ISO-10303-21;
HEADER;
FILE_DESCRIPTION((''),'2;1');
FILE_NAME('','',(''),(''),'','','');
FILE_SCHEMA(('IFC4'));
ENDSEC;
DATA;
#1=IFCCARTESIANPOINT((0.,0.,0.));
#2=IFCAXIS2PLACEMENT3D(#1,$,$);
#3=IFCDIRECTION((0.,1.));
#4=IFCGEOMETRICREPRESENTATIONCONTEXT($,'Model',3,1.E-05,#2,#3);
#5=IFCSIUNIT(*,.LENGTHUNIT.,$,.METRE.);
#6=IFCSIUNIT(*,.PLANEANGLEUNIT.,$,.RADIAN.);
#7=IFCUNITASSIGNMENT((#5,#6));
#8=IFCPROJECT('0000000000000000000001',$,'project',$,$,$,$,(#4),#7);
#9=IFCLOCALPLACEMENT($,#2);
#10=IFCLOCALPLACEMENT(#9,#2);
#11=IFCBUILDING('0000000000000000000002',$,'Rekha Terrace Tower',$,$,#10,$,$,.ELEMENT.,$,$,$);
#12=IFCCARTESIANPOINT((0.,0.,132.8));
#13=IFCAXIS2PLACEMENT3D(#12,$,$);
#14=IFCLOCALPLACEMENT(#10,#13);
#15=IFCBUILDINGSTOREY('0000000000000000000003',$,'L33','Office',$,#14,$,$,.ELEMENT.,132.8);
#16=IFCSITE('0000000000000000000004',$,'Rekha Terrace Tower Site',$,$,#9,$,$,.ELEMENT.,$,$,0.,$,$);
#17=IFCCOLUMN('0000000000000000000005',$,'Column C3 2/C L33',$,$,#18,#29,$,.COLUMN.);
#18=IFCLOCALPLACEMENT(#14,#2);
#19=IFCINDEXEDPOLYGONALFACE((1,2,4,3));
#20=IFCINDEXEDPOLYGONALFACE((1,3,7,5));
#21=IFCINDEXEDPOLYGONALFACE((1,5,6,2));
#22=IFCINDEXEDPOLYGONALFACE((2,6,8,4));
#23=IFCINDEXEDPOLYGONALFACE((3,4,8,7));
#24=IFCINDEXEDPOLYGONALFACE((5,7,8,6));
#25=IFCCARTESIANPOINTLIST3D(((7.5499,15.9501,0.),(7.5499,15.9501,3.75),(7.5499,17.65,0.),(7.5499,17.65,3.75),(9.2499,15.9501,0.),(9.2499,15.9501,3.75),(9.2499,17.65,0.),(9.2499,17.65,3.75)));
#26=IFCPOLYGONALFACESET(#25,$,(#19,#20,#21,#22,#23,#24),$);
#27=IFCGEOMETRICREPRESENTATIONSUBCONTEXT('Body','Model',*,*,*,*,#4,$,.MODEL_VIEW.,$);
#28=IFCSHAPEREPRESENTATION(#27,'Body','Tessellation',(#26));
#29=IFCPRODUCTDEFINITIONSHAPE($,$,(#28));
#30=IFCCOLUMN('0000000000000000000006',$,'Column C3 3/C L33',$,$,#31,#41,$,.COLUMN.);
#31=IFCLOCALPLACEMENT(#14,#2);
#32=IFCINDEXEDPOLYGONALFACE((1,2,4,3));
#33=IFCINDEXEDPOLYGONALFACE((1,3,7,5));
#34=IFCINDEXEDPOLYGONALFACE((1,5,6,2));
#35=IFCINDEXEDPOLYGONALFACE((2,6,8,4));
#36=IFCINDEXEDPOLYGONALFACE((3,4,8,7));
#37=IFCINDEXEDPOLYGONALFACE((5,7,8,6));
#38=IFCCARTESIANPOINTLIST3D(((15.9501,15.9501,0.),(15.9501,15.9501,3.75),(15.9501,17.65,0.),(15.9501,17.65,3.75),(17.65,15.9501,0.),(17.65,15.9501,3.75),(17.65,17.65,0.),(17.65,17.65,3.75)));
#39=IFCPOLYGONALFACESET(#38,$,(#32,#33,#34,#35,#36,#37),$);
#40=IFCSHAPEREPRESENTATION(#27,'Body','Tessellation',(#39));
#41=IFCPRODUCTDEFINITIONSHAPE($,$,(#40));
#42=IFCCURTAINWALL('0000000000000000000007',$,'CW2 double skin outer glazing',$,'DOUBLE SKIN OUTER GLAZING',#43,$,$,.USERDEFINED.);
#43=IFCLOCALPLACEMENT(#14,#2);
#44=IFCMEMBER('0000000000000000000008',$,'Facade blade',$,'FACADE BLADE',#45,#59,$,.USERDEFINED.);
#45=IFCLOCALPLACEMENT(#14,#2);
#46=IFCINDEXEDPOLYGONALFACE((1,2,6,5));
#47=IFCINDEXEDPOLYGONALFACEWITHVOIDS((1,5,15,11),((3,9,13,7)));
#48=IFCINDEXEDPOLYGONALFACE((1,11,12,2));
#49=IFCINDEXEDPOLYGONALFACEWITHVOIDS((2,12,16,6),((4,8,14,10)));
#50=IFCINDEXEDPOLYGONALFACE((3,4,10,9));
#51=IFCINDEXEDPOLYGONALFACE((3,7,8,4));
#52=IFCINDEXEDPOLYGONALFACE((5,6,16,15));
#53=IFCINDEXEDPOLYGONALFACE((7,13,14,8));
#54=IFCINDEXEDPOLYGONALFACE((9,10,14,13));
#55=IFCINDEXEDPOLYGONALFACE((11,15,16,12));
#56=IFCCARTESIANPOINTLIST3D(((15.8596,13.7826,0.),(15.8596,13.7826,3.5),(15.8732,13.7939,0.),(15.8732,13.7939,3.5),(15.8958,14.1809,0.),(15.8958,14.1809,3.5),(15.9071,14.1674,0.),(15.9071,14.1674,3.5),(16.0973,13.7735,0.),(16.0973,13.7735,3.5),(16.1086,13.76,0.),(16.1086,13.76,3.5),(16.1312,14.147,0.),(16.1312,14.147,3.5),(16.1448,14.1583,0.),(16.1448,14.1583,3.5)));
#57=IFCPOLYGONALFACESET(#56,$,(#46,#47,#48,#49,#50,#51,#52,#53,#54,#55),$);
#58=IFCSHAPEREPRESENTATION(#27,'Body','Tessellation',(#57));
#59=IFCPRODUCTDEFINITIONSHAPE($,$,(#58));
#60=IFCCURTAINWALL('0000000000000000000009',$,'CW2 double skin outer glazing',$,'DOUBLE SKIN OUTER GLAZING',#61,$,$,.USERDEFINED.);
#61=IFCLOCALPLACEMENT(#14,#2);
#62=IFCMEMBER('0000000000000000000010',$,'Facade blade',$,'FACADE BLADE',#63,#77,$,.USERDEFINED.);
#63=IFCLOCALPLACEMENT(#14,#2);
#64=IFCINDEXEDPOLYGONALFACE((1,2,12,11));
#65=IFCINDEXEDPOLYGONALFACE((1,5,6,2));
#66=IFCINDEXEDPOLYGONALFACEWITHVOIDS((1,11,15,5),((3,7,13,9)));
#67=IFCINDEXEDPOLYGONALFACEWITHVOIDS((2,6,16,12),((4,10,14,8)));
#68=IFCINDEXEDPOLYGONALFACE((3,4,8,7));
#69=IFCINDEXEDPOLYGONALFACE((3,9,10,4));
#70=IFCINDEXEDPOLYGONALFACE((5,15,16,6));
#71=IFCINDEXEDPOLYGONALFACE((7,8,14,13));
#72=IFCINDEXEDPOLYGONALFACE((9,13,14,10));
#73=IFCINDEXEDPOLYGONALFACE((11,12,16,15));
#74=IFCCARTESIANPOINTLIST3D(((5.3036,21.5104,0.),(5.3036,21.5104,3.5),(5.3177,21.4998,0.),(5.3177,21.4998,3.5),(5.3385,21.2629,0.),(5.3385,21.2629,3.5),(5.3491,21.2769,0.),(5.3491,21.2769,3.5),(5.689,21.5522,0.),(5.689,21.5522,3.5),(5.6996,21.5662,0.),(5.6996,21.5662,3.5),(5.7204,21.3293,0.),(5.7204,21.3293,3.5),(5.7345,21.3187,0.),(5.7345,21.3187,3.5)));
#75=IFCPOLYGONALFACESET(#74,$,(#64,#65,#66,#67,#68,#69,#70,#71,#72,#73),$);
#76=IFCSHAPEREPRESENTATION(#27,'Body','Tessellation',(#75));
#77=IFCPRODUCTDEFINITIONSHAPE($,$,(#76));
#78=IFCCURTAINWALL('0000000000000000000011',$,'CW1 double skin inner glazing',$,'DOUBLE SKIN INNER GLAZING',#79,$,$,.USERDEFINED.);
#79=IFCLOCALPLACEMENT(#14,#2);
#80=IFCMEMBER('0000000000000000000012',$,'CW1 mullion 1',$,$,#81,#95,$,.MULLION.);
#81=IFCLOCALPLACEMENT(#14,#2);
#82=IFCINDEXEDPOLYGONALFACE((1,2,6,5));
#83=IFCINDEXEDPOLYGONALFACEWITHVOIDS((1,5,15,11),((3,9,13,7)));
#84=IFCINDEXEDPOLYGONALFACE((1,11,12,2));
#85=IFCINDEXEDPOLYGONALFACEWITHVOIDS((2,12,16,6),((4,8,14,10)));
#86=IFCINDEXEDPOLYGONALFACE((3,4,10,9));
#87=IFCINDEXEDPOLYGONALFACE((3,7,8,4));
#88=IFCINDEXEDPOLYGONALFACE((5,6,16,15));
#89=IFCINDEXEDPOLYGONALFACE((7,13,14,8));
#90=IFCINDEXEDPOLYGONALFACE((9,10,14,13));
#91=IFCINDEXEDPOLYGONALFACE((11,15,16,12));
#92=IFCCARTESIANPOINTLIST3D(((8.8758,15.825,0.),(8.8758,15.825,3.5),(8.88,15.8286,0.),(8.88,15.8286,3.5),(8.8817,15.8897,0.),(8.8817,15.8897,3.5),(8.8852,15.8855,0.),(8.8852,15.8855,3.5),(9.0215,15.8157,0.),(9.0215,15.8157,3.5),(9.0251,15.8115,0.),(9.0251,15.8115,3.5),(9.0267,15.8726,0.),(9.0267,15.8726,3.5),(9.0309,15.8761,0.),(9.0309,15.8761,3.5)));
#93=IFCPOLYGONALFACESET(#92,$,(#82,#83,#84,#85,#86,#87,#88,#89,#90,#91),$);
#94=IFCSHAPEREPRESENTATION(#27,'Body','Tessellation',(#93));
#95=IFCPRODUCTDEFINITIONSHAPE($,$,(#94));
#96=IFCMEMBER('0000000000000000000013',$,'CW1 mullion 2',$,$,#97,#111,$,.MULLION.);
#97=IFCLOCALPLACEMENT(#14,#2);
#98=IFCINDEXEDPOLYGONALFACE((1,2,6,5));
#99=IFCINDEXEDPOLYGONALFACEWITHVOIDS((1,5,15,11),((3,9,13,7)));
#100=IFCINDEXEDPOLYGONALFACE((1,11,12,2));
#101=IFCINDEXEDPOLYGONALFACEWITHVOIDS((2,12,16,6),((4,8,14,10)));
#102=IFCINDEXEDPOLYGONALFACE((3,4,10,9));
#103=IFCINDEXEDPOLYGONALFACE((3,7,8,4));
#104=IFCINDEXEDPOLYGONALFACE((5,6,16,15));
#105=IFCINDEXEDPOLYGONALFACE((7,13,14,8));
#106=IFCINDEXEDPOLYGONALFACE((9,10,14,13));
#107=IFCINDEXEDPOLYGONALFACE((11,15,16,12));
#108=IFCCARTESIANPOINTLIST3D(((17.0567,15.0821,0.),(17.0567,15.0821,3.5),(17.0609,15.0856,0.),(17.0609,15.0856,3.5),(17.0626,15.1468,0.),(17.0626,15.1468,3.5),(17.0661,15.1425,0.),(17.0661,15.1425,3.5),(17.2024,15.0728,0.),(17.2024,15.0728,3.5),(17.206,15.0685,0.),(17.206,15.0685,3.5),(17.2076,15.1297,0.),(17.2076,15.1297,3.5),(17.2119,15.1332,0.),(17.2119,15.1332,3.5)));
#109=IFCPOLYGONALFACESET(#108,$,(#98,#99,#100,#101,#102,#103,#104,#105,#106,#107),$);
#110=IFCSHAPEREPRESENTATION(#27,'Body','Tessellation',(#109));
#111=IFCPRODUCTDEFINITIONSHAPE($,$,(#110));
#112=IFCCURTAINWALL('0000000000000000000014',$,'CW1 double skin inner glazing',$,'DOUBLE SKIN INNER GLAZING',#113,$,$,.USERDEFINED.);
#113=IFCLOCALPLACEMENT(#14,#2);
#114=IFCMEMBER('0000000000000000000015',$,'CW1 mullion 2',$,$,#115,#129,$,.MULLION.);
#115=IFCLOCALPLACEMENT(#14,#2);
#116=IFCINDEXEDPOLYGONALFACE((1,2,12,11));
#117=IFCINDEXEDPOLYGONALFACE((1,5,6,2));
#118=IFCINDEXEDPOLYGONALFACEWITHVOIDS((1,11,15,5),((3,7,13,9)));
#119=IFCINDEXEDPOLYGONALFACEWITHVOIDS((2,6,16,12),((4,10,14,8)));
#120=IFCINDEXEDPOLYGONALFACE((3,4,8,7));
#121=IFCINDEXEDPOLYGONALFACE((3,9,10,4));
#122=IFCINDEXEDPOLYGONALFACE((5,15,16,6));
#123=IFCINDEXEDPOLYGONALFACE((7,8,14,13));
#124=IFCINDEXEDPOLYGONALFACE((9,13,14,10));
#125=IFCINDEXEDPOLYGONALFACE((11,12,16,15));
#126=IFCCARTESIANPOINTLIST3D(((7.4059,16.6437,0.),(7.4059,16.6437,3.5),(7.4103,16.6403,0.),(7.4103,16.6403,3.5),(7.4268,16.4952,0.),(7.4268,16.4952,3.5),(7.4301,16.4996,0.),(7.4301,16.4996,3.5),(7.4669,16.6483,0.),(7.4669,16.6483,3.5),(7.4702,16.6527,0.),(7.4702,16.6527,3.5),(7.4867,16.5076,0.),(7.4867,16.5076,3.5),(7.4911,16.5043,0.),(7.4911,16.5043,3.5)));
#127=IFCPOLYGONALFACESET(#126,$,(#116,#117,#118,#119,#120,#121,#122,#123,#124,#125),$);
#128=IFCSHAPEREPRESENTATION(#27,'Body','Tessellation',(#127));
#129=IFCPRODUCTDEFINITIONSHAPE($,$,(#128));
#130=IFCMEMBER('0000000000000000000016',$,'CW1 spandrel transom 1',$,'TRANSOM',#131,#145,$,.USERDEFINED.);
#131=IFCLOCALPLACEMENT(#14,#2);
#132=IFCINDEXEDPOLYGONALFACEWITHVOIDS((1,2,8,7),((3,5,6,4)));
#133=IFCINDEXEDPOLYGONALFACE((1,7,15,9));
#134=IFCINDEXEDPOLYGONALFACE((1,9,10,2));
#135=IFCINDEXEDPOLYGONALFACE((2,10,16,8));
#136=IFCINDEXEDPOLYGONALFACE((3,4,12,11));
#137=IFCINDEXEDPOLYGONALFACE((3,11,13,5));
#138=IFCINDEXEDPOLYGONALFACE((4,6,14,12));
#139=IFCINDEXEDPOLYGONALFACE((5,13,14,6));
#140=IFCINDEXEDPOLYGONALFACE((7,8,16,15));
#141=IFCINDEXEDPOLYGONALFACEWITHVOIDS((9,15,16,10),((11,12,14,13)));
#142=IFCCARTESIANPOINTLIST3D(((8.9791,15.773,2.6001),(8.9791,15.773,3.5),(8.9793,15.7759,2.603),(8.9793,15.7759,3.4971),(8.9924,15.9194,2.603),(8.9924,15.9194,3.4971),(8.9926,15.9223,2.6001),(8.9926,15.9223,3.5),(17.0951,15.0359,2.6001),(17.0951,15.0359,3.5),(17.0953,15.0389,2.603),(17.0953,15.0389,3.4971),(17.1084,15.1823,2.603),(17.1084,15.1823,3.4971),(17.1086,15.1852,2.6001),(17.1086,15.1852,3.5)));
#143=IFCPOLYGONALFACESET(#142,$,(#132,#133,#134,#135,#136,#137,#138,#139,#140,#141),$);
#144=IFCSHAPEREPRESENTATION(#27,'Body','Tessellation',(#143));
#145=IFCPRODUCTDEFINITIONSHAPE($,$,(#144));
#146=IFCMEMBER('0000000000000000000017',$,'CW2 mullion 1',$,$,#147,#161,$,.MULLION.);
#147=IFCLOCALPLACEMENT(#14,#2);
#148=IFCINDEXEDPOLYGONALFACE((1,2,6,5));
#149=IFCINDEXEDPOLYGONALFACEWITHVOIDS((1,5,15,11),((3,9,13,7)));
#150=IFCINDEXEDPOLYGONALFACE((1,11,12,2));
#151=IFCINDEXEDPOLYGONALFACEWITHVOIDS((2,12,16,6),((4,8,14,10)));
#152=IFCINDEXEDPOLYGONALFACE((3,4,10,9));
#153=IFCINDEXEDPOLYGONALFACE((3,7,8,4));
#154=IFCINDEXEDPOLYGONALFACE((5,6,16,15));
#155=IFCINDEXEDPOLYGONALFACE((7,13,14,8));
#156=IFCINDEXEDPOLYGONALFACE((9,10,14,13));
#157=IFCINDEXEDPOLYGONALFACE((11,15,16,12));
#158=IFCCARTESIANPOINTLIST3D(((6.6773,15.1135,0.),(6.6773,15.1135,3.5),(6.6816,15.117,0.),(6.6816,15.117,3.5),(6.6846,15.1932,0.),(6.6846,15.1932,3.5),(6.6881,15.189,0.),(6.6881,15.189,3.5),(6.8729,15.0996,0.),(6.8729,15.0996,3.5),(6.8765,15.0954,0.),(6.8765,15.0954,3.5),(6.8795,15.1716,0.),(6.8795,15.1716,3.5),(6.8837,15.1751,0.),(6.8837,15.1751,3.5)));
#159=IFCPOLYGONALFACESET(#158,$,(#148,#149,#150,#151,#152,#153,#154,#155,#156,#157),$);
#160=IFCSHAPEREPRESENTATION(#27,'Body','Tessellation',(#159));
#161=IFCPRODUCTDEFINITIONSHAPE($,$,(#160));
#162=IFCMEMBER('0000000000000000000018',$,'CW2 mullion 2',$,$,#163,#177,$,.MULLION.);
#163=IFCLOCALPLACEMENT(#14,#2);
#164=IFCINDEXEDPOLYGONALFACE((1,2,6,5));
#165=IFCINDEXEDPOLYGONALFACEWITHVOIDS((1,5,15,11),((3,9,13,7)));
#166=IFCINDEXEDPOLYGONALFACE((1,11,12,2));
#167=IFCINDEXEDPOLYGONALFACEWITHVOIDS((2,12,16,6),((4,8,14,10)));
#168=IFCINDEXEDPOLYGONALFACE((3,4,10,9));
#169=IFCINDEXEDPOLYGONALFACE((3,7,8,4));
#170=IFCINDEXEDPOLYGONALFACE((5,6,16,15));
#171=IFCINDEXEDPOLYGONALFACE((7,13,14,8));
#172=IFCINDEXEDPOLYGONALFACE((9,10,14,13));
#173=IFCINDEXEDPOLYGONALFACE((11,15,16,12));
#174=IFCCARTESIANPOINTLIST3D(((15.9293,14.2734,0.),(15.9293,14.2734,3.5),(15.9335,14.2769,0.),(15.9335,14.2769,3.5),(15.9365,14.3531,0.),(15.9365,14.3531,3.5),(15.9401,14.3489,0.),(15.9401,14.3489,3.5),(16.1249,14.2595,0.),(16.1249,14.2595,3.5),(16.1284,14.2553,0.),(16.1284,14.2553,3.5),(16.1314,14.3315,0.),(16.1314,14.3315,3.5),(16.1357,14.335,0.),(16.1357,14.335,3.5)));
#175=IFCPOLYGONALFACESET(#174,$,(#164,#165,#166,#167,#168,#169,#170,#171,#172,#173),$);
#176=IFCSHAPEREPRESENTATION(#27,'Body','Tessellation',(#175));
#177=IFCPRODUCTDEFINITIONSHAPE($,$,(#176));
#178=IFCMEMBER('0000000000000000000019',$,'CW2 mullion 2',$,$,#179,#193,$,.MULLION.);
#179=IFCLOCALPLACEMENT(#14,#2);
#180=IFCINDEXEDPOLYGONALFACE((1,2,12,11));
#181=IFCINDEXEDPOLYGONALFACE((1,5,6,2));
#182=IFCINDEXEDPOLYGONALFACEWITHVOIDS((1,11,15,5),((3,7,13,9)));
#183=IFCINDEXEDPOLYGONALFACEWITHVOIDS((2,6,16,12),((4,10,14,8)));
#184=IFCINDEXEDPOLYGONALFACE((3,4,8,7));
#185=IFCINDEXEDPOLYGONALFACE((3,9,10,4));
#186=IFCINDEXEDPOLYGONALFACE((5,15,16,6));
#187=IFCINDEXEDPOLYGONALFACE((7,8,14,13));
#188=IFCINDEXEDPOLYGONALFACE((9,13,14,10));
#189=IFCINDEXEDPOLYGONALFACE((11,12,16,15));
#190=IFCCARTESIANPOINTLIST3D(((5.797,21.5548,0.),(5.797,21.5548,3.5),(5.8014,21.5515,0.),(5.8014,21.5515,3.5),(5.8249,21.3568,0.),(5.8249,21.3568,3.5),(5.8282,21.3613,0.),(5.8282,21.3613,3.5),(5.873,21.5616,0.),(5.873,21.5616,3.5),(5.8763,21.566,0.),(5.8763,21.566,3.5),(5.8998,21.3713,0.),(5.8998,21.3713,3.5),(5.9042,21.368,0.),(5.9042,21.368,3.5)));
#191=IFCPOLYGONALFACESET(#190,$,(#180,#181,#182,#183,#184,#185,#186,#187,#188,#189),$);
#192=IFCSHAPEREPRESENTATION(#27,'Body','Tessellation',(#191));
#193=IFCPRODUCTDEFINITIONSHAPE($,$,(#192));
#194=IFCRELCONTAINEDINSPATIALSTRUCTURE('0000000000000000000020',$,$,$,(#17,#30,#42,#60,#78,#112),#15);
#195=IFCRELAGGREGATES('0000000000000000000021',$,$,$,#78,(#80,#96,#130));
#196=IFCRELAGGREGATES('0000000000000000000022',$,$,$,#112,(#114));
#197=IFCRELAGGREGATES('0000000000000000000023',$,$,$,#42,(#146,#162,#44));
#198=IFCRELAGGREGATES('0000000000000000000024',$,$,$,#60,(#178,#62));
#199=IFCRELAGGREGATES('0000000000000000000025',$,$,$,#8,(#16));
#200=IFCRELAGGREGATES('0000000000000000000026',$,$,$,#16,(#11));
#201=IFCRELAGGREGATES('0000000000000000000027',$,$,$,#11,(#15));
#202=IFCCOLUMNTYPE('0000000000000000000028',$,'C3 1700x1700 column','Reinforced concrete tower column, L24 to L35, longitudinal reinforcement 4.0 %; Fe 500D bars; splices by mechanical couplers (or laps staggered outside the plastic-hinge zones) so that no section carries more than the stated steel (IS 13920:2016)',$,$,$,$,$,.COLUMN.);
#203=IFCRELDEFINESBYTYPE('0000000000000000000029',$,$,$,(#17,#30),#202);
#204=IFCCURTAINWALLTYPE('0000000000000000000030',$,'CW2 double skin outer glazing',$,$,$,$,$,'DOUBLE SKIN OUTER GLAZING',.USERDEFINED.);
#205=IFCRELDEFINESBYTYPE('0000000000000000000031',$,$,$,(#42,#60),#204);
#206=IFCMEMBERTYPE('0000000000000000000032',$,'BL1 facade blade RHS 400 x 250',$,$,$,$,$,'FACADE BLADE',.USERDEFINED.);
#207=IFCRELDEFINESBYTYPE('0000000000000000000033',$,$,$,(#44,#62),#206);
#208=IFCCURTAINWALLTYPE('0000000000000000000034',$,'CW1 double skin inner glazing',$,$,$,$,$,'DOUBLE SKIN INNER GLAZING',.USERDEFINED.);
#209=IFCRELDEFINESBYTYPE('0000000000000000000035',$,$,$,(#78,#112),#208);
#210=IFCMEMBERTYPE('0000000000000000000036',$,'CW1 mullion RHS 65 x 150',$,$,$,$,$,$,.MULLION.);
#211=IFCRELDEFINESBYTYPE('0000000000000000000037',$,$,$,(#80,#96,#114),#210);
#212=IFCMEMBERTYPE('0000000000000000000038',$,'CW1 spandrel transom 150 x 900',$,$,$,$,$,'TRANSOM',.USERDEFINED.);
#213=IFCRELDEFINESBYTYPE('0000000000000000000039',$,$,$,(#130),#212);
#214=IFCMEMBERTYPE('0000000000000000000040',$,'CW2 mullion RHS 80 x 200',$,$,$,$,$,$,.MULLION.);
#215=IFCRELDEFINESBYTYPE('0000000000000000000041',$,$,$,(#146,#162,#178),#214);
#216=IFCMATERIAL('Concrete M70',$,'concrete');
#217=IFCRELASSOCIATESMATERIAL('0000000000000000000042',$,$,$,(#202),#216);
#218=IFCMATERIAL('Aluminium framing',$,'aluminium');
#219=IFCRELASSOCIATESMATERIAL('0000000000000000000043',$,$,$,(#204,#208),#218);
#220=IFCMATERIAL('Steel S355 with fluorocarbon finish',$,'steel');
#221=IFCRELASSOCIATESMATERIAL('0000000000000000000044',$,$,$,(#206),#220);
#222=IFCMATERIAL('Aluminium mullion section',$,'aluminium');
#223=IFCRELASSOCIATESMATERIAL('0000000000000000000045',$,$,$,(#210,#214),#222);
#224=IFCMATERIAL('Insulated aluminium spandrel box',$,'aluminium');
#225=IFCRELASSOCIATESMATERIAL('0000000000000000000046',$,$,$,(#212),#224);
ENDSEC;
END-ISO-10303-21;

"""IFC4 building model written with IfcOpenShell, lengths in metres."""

from ifc_helpers import new_model, si_unit, direction, frame, origin, origin_2d, place, context, subcontext, project, spatial, rectangle, hollow_rectangle, extrude, material, material_profile, profile_set, type_object, element, aggregate, save


model = new_model("IFC4")

# Units and contexts
model_context = context("Model", 3, precision=1e-05, world=origin(), true_north=direction((0.0, 1.0)))
body_context = subcontext(model_context, "Body", "Model", "MODEL_VIEW")
ifc_project = project(units=[si_unit("LENGTHUNIT", "METRE"), si_unit("PLANEANGLEUNIT", "RADIAN")], contexts=[model_context])

# Site, building, storey
site_placement = place(None, origin())
site = spatial("IfcSite", under=ifc_project, at=site_placement, Name="Rekha Terrace Tower Site", CompositionType="ELEMENT", RefElevation=0.0)
building_placement = place(site_placement, origin())
building = spatial("IfcBuilding", under=site, at=building_placement, Name="Rekha Terrace Tower", CompositionType="ELEMENT")
storey_placement = place(building_placement, frame((0.0, 0.0, 132.8)))
storey = spatial("IfcBuildingStorey", under=building, at=storey_placement, Name="L33", Description="Office", CompositionType="ELEMENT", Elevation=132.8)

# Columns
ifc_material_1 = material(Name="Concrete M70", Category="concrete")
ifc_material_profile_1 = material_profile(ifc_material_1, rectangle(XDim=1.7, YDim=1.7, at=origin_2d()), Name="RC 1700x1700")
ifc_profile_set_1 = profile_set([ifc_material_profile_1], Name="Concrete M70")
column_type = type_object("IfcColumnType", Name="C3 1700x1700 column", Description="Reinforced concrete tower column, L24 to L35, longitudinal reinforcement 4.0 %; Fe 500D bars; splices by mechanical couplers (or laps staggered outside the plastic-hinge zones) so that no section carries more than the stated steel (IS 13920:2016)", PredefinedType="COLUMN", material=ifc_profile_set_1)
for number, where, z_axis, x_axis, name in (
    (1, (8.3999, 16.8, 0.0), (0.0, 0.0, 1.0), (1.0, 0.0, 0.0), "Column C3 2/C L33"),
    (2, (16.8, 16.8, 0.0), (0.0, 0.0, 1.0), (1.0, 0.0, 0.0), "Column C3 3/C L33"),
):
    element("IfcColumn", number, at=place(storey_placement, frame(where, z_axis=z_axis, x_axis=x_axis)), inside=storey, type_object=column_type, Name=name, PredefinedType="COLUMN", context=body_context, shape_type="SweptSolid", body=[
        extrude(rectangle(XDim=1.7, YDim=1.7, at=origin_2d()), origin(), (0.0, 0.0, 1.0), 3.75),
    ])

# Curtain walls, members
ifc_material_2 = material(Name="Aluminium framing", Category="aluminium")
curtain_wall_type_1 = type_object("IfcCurtainWallType", Name="CW2 double skin outer glazing", ElementType="DOUBLE SKIN OUTER GLAZING", PredefinedType="USERDEFINED", material=ifc_material_2)
curtain_wall_1_placement = place(storey_placement, origin())
curtain_wall_1 = element("IfcCurtainWall", 3, at=curtain_wall_1_placement, inside=storey, type_object=curtain_wall_type_1, Name="CW2 double skin outer glazing", ObjectType="DOUBLE SKIN OUTER GLAZING", PredefinedType="USERDEFINED")
ifc_material_3 = material(Name="Steel S355 with fluorocarbon finish", Category="steel")
ifc_material_profile_2 = material_profile(ifc_material_3, hollow_rectangle(XDim=0.25, YDim=0.3999, WallThickness=0.0125, at=origin_2d()), Name="RHS400x250x12.5")
ifc_profile_set_2 = profile_set([ifc_material_profile_2], Name="Steel S355 with fluorocarbon finish")
member_type_1 = type_object("IfcMemberType", Name="BL1 facade blade RHS 400 x 250", ElementType="FACADE BLADE", PredefinedType="USERDEFINED", material=ifc_profile_set_2)
member_1_placement = place(storey_placement, frame((16.0022, 13.9705, 0.0), z_axis=(0.0, 0.0, 1.0), x_axis=(0.995902, -0.09044, 0.0)))
member_1 = element("IfcMember", 4, at=member_1_placement, type_object=member_type_1, Name="Facade blade", ObjectType="FACADE BLADE", PredefinedType="USERDEFINED", context=body_context, shape_type="SweptSolid", body=[
    extrude(hollow_rectangle(XDim=0.25, YDim=0.3999, WallThickness=0.0125, at=origin_2d()), origin(), (0.0, 0.0, 1.0), 3.5),
])
curtain_wall_2_placement = place(storey_placement, origin())
curtain_wall_2 = element("IfcCurtainWall", 5, at=curtain_wall_2_placement, inside=storey, type_object=curtain_wall_type_1, Name="CW2 double skin outer glazing", ObjectType="DOUBLE SKIN OUTER GLAZING", PredefinedType="USERDEFINED")
member_2_placement = place(storey_placement, frame((5.519, 21.4146, 0.0), z_axis=(0.0, 0.0, 1.0), x_axis=(0.139597, -0.990208, 0.0)))
member_2 = element("IfcMember", 6, at=member_2_placement, type_object=member_type_1, Name="Facade blade", ObjectType="FACADE BLADE", PredefinedType="USERDEFINED", context=body_context, shape_type="SweptSolid", body=[
    extrude(hollow_rectangle(XDim=0.25, YDim=0.3999, WallThickness=0.0125, at=origin_2d()), origin(), (0.0, 0.0, 1.0), 3.5),
])

# Curtain wall, members
curtain_wall_type_2 = type_object("IfcCurtainWallType", Name="CW1 double skin inner glazing", ElementType="DOUBLE SKIN INNER GLAZING", PredefinedType="USERDEFINED", material=ifc_material_2)
curtain_wall_3_placement = place(storey_placement, origin())
curtain_wall_3 = element("IfcCurtainWall", 7, at=curtain_wall_3_placement, inside=storey, type_object=curtain_wall_type_2, Name="CW1 double skin inner glazing", ObjectType="DOUBLE SKIN INNER GLAZING", PredefinedType="USERDEFINED")
ifc_material_4 = material(Name="Aluminium mullion section", Category="aluminium")
ifc_material_profile_3 = material_profile(ifc_material_4, hollow_rectangle(XDim=0.0649, YDim=0.1499, WallThickness=0.0039, at=origin_2d()), Name="AL RHS 65x150")
ifc_profile_set_3 = profile_set([ifc_material_profile_3], Name="Aluminium mullion section")
member_type_2 = type_object("IfcMemberType", Name="CW1 mullion RHS 65 x 150", PredefinedType="MULLION", material=ifc_profile_set_3)
member_3_placement = place(storey_placement, frame((8.9534, 15.8506, 0.0), z_axis=(0.0, 0.0, 1.0), x_axis=(0.09044, 0.995902, 0.0)))
member_3 = element("IfcMember", 8, at=member_3_placement, type_object=member_type_2, Name="CW1 mullion 1", PredefinedType="MULLION", context=body_context, shape_type="SweptSolid", body=[
    extrude(hollow_rectangle(XDim=0.0649, YDim=0.1499, WallThickness=0.0039, at=origin_2d()), origin(), (0.0, 0.0, 1.0), 3.5),
])
member_4_placement = place(storey_placement, frame((17.1343, 15.1077, 0.0), z_axis=(0.0, 0.0, 1.0), x_axis=(0.09044, 0.995902, 0.0)))
member_4 = element("IfcMember", 9, at=member_4_placement, type_object=member_type_2, Name="CW1 mullion 2", PredefinedType="MULLION", context=body_context, shape_type="SweptSolid", body=[
    extrude(hollow_rectangle(XDim=0.0649, YDim=0.1499, WallThickness=0.0039, at=origin_2d()), origin(), (0.0, 0.0, 1.0), 3.5),
])

# Curtain wall, member
curtain_wall_4_placement = place(storey_placement, origin())
curtain_wall_4 = element("IfcCurtainWall", 10, at=curtain_wall_4_placement, inside=storey, type_object=curtain_wall_type_2, Name="CW1 double skin inner glazing", ObjectType="DOUBLE SKIN INNER GLAZING", PredefinedType="USERDEFINED")
member_5_placement = place(storey_placement, frame((7.4485, 16.574, 0.0), z_axis=(0.0, 0.0, 1.0), x_axis=(0.990208, 0.139597, 0.0)))
member_5 = element("IfcMember", 11, at=member_5_placement, type_object=member_type_2, Name="CW1 mullion 2", PredefinedType="MULLION", context=body_context, shape_type="SweptSolid", body=[
    extrude(hollow_rectangle(XDim=0.0649, YDim=0.1499, WallThickness=0.0039, at=origin_2d()), origin(), (0.0, 0.0, 1.0), 3.5),
])

# Members
ifc_material_5 = material(Name="Insulated aluminium spandrel box", Category="aluminium")
ifc_material_profile_4 = material_profile(ifc_material_5, hollow_rectangle(XDim=0.1499, YDim=0.8999, WallThickness=0.0029, at=origin_2d()), Name="AL SPANDREL BOX 150x900")
ifc_profile_set_4 = profile_set([ifc_material_profile_4], Name="Insulated aluminium spandrel box")
member_type_3 = type_object("IfcMemberType", Name="CW1 spandrel transom 150 x 900", ElementType="TRANSOM", PredefinedType="USERDEFINED", material=ifc_profile_set_4)
member_6_placement = place(storey_placement, frame((8.9858, 15.8477, 3.05), z_axis=(0.995902, -0.090444, 0.0), x_axis=(0.090444, 0.995902, 0.0)))
member_6 = element("IfcMember", 12, at=member_6_placement, type_object=member_type_3, Name="CW1 spandrel transom 1", ObjectType="TRANSOM", PredefinedType="USERDEFINED", context=body_context, shape_type="SweptSolid", body=[
    extrude(hollow_rectangle(XDim=0.1499, YDim=0.8999, WallThickness=0.0029, at=origin_2d()), origin(), (0.0, 0.0, 1.0), 8.1494),
])
ifc_material_profile_5 = material_profile(ifc_material_4, hollow_rectangle(XDim=0.0801, YDim=0.2, WallThickness=0.0039, at=origin_2d()), Name="AL RHS 80x200")
ifc_profile_set_5 = profile_set([ifc_material_profile_5], Name="Aluminium mullion section")
member_type_4 = type_object("IfcMemberType", Name="CW2 mullion RHS 80 x 200", PredefinedType="MULLION", material=ifc_profile_set_5)
member_7_placement = place(storey_placement, frame((6.7805, 15.1443, 0.0), z_axis=(0.0, 0.0, 1.0), x_axis=(0.09044, 0.995902, 0.0)))
member_7 = element("IfcMember", 13, at=member_7_placement, type_object=member_type_4, Name="CW2 mullion 1", PredefinedType="MULLION", context=body_context, shape_type="SweptSolid", body=[
    extrude(hollow_rectangle(XDim=0.0801, YDim=0.2, WallThickness=0.0039, at=origin_2d()), origin(), (0.0, 0.0, 1.0), 3.5),
])
member_8_placement = place(storey_placement, frame((16.0325, 14.3042, 0.0), z_axis=(0.0, 0.0, 1.0), x_axis=(0.09044, 0.995902, 0.0)))
member_8 = element("IfcMember", 14, at=member_8_placement, type_object=member_type_4, Name="CW2 mullion 2", PredefinedType="MULLION", context=body_context, shape_type="SweptSolid", body=[
    extrude(hollow_rectangle(XDim=0.0801, YDim=0.2, WallThickness=0.0039, at=origin_2d()), origin(), (0.0, 0.0, 1.0), 3.5),
])
member_9_placement = place(storey_placement, frame((5.8506, 21.4614, 0.0), z_axis=(0.0, 0.0, 1.0), x_axis=(0.990208, 0.139597, 0.0)))
member_9 = element("IfcMember", 15, at=member_9_placement, type_object=member_type_4, Name="CW2 mullion 2", PredefinedType="MULLION", context=body_context, shape_type="SweptSolid", body=[
    extrude(hollow_rectangle(XDim=0.0801, YDim=0.2, WallThickness=0.0039, at=origin_2d()), origin(), (0.0, 0.0, 1.0), 3.5),
])

aggregate(curtain_wall_3, [member_3, member_4, member_6])
aggregate(curtain_wall_4, [member_5])
aggregate(curtain_wall_1, [member_7, member_8, member_1])
aggregate(curtain_wall_2, [member_9, member_2])

save(model, "model.ifc")
